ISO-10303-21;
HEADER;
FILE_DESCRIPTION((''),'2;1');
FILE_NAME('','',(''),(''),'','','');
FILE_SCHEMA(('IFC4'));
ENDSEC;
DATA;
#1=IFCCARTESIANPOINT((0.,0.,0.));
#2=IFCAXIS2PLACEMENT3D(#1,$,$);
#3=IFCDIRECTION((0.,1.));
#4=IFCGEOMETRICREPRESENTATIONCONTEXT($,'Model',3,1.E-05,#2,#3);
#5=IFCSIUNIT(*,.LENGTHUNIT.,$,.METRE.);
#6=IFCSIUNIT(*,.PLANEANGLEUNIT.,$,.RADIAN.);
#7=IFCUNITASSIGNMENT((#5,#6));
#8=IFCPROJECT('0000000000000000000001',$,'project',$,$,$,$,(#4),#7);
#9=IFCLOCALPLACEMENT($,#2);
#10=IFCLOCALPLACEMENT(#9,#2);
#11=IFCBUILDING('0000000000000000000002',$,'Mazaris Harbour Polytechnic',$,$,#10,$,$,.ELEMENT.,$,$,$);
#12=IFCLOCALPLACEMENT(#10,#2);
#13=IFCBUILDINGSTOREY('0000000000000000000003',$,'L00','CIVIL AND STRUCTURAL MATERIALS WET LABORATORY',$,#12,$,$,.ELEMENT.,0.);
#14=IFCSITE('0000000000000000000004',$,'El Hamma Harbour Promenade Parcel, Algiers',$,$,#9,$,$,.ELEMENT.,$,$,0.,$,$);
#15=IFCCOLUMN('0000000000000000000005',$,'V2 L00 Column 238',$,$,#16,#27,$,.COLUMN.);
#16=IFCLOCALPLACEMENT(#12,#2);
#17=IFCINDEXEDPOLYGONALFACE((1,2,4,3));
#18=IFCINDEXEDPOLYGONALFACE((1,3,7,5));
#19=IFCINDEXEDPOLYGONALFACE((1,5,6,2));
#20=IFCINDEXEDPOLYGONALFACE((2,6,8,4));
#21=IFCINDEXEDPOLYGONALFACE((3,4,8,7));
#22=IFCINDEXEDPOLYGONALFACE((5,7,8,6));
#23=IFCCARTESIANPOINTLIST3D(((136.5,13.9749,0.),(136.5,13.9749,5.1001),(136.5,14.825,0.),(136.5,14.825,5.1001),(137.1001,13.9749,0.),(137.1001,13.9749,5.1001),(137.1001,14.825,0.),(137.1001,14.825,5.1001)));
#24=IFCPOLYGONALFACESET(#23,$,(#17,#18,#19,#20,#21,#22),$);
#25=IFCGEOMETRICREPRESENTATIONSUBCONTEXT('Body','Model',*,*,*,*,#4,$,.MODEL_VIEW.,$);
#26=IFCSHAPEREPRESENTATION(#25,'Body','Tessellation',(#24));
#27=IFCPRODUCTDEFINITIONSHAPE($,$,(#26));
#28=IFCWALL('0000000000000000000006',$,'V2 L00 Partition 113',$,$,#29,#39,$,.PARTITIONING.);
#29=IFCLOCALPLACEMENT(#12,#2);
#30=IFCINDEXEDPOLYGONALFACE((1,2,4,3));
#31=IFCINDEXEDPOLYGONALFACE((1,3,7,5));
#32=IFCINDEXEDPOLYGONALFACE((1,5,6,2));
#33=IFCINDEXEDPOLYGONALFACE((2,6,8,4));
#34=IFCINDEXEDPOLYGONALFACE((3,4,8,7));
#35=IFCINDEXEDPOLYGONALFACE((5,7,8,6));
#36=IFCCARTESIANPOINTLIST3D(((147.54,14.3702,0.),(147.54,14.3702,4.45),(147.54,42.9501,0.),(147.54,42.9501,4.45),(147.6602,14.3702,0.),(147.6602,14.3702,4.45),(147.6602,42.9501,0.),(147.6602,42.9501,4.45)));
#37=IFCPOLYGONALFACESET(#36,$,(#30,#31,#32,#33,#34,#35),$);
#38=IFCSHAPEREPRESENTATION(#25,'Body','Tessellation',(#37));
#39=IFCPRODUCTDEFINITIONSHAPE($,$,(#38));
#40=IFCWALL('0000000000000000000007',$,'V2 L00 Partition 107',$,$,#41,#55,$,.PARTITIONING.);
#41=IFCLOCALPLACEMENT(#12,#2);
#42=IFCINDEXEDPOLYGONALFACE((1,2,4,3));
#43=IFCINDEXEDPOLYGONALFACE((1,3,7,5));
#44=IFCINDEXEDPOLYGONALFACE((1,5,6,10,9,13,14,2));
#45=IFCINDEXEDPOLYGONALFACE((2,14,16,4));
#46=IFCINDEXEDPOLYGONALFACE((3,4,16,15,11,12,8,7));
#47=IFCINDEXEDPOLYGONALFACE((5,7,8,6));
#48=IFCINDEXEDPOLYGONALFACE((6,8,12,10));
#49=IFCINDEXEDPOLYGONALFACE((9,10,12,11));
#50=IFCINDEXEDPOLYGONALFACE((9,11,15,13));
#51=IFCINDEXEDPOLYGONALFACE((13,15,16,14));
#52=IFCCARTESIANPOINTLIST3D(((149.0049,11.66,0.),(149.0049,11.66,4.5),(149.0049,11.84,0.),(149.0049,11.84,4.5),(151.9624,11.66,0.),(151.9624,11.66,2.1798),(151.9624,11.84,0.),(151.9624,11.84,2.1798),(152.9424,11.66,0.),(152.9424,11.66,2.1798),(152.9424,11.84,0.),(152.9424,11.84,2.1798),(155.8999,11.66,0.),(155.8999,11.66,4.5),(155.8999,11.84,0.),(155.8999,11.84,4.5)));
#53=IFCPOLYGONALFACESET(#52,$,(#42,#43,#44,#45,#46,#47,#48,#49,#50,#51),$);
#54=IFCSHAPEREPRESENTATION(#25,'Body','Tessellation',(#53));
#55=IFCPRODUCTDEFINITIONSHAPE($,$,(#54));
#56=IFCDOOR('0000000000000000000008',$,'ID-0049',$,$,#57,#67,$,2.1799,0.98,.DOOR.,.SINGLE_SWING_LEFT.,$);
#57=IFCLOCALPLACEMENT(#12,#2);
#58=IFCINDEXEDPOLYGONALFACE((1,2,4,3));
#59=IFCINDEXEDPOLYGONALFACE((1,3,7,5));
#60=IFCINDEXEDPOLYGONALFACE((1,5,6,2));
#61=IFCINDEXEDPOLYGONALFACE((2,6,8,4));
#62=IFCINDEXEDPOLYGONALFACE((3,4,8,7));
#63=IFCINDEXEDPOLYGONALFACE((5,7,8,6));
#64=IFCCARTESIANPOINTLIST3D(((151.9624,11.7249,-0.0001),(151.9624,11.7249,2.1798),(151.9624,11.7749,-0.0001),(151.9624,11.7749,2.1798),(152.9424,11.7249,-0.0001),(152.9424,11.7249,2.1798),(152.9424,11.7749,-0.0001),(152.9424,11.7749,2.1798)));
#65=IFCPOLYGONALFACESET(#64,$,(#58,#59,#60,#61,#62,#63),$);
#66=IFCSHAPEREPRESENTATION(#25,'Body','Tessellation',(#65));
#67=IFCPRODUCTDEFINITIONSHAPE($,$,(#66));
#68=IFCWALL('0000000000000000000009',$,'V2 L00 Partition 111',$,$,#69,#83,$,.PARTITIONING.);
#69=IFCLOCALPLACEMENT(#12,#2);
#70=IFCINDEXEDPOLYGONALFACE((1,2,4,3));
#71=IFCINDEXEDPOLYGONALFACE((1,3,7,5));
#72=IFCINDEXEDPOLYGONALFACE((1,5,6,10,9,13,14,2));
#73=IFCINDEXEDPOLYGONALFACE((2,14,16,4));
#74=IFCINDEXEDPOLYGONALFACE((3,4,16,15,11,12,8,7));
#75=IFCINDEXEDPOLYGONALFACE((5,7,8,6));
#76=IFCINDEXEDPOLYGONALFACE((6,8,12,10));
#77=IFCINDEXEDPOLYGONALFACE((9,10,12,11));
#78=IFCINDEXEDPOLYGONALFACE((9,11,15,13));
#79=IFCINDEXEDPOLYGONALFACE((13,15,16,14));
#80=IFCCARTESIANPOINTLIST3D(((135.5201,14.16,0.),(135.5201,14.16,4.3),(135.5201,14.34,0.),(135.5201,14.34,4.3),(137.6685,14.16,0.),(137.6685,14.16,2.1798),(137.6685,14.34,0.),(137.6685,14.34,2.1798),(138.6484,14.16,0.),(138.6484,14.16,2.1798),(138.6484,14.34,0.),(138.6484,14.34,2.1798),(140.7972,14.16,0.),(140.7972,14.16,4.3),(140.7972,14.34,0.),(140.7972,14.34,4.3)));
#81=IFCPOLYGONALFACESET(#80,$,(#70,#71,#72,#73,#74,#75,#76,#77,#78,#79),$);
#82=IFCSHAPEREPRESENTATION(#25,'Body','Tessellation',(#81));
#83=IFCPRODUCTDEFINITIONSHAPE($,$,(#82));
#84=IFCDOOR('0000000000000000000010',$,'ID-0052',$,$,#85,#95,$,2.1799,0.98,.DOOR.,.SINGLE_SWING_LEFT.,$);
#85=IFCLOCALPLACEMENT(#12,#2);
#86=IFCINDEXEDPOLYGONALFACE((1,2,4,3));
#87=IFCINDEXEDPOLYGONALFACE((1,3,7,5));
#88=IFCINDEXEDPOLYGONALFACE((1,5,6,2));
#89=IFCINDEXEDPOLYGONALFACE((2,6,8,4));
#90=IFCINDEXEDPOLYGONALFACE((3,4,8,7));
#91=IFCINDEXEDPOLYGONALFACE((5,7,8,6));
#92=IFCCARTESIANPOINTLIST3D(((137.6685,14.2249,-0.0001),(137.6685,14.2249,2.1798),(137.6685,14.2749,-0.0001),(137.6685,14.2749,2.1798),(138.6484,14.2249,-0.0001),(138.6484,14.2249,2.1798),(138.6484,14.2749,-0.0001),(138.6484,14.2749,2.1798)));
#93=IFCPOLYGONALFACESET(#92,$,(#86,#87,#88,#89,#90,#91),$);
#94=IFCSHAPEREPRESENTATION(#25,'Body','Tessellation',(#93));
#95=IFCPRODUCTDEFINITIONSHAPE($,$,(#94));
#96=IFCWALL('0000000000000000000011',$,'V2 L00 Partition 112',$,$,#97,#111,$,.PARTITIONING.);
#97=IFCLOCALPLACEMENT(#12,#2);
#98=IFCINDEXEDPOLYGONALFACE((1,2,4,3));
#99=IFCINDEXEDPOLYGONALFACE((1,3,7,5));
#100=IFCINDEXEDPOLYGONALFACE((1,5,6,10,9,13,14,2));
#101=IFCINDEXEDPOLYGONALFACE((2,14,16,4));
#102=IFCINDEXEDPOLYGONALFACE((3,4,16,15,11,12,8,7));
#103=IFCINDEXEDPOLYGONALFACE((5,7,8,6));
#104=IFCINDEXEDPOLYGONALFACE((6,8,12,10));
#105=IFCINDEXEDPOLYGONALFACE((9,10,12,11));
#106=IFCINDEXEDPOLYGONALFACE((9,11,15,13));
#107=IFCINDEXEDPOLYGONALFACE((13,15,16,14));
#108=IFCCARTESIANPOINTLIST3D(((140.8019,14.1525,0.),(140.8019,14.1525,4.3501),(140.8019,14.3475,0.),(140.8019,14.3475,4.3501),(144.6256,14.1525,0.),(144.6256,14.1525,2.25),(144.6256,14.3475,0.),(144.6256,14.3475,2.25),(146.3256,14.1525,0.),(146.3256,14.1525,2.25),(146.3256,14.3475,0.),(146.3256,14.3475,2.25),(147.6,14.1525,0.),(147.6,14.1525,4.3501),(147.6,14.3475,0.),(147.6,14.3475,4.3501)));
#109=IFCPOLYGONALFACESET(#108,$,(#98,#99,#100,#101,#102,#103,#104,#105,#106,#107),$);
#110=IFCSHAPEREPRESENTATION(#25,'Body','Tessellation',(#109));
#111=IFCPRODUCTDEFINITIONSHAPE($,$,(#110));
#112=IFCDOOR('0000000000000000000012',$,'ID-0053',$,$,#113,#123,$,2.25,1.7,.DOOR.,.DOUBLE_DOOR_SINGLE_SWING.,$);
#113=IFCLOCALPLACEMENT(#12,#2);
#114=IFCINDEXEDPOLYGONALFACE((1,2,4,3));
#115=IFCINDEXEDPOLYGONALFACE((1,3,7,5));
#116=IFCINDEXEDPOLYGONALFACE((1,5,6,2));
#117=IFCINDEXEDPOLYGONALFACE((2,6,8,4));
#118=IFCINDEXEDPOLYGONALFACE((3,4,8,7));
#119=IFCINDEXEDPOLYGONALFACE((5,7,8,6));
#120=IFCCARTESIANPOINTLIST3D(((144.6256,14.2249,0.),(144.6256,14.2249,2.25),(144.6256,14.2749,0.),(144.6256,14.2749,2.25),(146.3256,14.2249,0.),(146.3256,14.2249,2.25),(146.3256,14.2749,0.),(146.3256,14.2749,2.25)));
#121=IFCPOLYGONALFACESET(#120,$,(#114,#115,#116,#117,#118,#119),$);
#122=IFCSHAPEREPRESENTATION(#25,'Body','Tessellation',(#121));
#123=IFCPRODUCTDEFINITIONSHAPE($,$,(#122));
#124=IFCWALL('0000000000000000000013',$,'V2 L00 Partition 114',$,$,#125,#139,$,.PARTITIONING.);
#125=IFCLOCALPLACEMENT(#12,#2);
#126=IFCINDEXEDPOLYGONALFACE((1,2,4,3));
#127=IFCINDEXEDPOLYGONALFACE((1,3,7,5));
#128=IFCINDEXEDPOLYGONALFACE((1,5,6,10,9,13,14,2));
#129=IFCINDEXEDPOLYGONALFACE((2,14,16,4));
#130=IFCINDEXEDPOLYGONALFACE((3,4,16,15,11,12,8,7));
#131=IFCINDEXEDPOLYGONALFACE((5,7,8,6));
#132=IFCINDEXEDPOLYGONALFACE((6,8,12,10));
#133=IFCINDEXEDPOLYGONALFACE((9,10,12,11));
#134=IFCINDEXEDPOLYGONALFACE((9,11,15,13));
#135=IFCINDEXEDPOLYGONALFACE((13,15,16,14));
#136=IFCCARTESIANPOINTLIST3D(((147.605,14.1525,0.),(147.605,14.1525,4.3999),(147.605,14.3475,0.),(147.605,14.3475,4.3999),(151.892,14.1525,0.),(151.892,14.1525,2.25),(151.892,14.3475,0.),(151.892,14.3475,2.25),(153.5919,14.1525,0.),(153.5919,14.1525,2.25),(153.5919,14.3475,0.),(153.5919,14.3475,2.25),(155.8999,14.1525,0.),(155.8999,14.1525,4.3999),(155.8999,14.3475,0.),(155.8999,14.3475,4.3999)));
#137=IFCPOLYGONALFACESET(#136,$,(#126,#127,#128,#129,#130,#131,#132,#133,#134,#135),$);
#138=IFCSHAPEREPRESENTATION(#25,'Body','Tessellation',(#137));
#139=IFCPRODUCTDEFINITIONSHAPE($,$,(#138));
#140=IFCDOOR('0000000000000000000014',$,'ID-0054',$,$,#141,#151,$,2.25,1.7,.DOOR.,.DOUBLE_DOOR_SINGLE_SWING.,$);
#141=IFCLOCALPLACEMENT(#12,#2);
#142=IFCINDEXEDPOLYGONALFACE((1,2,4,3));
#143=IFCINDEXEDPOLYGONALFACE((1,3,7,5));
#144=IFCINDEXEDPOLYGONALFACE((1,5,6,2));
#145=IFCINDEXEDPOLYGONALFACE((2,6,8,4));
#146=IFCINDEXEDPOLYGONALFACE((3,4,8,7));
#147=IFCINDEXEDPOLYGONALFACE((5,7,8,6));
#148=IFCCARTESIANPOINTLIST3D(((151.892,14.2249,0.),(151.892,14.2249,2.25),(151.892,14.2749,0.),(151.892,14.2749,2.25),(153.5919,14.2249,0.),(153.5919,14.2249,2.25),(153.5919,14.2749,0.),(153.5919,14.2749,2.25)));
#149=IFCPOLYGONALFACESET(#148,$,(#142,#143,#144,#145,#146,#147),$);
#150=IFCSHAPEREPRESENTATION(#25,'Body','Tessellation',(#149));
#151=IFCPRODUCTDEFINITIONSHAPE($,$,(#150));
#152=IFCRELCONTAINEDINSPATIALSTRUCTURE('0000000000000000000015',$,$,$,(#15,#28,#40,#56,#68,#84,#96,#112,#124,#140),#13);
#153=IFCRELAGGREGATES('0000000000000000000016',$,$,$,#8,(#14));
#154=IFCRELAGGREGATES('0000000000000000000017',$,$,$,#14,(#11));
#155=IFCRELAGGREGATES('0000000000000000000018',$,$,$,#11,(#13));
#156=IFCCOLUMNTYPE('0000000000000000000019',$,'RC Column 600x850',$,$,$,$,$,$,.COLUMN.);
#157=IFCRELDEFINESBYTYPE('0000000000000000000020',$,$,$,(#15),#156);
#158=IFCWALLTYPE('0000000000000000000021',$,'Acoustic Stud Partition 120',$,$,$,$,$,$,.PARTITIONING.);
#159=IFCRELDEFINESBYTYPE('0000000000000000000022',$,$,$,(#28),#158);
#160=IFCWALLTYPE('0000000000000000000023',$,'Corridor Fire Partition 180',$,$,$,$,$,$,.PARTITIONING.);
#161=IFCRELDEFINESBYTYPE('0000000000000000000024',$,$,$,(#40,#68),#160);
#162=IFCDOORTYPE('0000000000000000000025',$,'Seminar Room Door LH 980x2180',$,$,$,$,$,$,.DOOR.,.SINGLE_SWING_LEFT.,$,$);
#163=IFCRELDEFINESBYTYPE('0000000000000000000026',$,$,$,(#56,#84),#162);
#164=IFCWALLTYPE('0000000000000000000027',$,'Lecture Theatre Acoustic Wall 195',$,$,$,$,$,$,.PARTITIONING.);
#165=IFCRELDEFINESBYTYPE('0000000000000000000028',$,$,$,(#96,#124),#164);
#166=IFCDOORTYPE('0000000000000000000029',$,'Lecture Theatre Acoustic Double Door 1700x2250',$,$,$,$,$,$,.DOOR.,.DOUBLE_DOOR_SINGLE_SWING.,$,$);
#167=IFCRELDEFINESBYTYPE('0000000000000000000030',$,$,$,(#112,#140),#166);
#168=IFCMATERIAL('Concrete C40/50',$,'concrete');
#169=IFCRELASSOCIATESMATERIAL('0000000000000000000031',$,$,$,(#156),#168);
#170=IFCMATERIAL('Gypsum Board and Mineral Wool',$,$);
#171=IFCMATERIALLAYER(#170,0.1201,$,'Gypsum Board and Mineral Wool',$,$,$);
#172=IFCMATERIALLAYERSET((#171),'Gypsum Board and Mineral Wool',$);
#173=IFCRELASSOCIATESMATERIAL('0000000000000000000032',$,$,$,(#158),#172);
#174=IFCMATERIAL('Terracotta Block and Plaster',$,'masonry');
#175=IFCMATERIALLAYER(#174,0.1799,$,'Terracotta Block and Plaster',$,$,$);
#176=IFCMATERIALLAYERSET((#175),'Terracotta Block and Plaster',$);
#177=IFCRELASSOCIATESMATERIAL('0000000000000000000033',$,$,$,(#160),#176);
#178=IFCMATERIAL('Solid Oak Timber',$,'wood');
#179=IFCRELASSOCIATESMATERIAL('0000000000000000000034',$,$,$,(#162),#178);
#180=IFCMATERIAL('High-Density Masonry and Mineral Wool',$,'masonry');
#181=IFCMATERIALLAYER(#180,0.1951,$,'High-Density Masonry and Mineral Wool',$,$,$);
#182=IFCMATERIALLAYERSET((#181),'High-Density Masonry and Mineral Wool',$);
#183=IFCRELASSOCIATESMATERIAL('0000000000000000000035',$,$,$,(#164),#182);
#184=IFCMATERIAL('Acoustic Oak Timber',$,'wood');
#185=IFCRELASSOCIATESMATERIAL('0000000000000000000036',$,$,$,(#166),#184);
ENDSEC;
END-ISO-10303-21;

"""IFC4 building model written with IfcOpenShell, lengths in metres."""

from ifc_helpers import new_model, si_unit, direction, frame, frame_2d, origin, origin_2d, place, context, subcontext, project, spatial, rectangle, extrude, material, layer, layer_set, material_profile, profile_set, type_object, element, fill, save


model = new_model("IFC4")

# Units and contexts
model_context = context("Model", 3, precision=1e-05, world=origin(), true_north=direction((0.0, 1.0)))
body_context = subcontext(model_context, "Body", "Model", "MODEL_VIEW")
ifc_project = project(units=[si_unit("LENGTHUNIT", "METRE"), si_unit("PLANEANGLEUNIT", "RADIAN")], contexts=[model_context])

# Site, building, storey
site_placement = place(None, origin())
site = spatial("IfcSite", under=ifc_project, at=site_placement, Name="El Hamma Harbour Promenade Parcel, Algiers", CompositionType="ELEMENT", RefElevation=0.0)
building_placement = place(site_placement, origin())
building = spatial("IfcBuilding", under=site, at=building_placement, Name="Mazaris Harbour Polytechnic", CompositionType="ELEMENT")
storey_placement = place(building_placement, origin())
storey = spatial("IfcBuildingStorey", under=building, at=storey_placement, Name="L00", Description="CIVIL AND STRUCTURAL MATERIALS WET LABORATORY", CompositionType="ELEMENT", Elevation=0.0)

# Column
ifc_material_1 = material(Name="Concrete C40/50", Category="concrete")
ifc_material_profile = material_profile(ifc_material_1, rectangle(XDim=0.6001, YDim=0.8501, at=origin_2d()), Name="RECT600x850")
ifc_profile_set = profile_set([ifc_material_profile], Name="Concrete C40/50")
column_type = type_object("IfcColumnType", Name="RC Column 600x850", PredefinedType="COLUMN", material=ifc_profile_set)
column_placement = place(storey_placement, frame((136.8, 14.3999, 0.0), z_axis=(0.0, 0.0, 1.0), x_axis=(1.0, 0.0, 0.0)))
element("IfcColumn", 1, at=column_placement, inside=storey, type_object=column_type, Name="V2 L00 Column 238", PredefinedType="COLUMN", context=body_context, shape_type="SweptSolid", body=[
    extrude(rectangle(XDim=0.6001, YDim=0.8501, at=origin_2d()), origin(), (0.0, 0.0, 1.0), 5.1001),
])

# Wall
ifc_material_2 = material(Name="Gypsum Board and Mineral Wool")
ifc_layer_1 = layer(ifc_material_2, 0.1201, Name="Gypsum Board and Mineral Wool")
ifc_layer_set_1 = layer_set([ifc_layer_1], Name="Gypsum Board and Mineral Wool")
wall_type_1 = type_object("IfcWallType", Name="Acoustic Stud Partition 120", PredefinedType="PARTITIONING", material=ifc_layer_set_1)
wall_1_placement = place(storey_placement, frame((147.6001, 14.3701, 0.0), z_axis=(0.0, 0.0, 1.0), x_axis=(0.0, 1.0, 0.0)))
element("IfcWall", 2, at=wall_1_placement, inside=storey, type_object=wall_type_1, Name="V2 L00 Partition 113", PredefinedType="PARTITIONING", context=body_context, shape_type="SweptSolid", body=[
    extrude(rectangle(XDim=28.5798, YDim=0.1201, at=frame_2d((14.29, 0.0))), origin(), (0.0, 0.0, 1.0), 4.45),
])

# Walls, openings, doors
ifc_material_3 = material(Name="Terracotta Block and Plaster", Category="masonry")
ifc_layer_2 = layer(ifc_material_3, 0.1799, Name="Terracotta Block and Plaster")
ifc_layer_set_2 = layer_set([ifc_layer_2], Name="Terracotta Block and Plaster")
wall_type_2 = type_object("IfcWallType", Name="Corridor Fire Partition 180", PredefinedType="PARTITIONING", material=ifc_layer_set_2)
wall_2_placement = place(storey_placement, frame((149.0049, 11.75, 0.0), z_axis=(0.0, 0.0, 1.0), x_axis=(1.0, 0.0, 0.0)))
wall_2 = element("IfcWall", 3, at=wall_2_placement, inside=storey, type_object=wall_type_2, Name="V2 L00 Partition 107", PredefinedType="PARTITIONING", context=body_context, shape_type="SweptSolid", body=[
    extrude(rectangle(XDim=6.895, YDim=0.1799, at=frame_2d((3.4475, 0.0))), origin(), (0.0, 0.0, 1.0), 4.5),
])
opening_1_placement = place(wall_2_placement, frame((2.9575, 0.0, 0.0)))
opening_1 = element("IfcOpeningElement", 4, at=opening_1_placement, cuts=wall_2, PredefinedType="OPENING", context=body_context, shape_type="SweptSolid", body=[
    extrude(rectangle(XDim=0.98, YDim=2.1799, at=frame_2d((0.49, 1.0898))), frame((0.0, 0.0999, 0.0), z_axis=(0.0, -1.0, 0.0), x_axis=(1.0, 0.0, 0.0)), (0.0, 0.0, 1.0), 0.2),
])
ifc_material_4 = material(Name="Solid Oak Timber", Category="wood")
door_type_1 = type_object("IfcDoorType", Name="Seminar Room Door LH 980x2180", OperationType="SINGLE_SWING_LEFT", PredefinedType="DOOR", material=ifc_material_4)
door_1_placement = place(opening_1_placement, origin())
door_1 = element("IfcDoor", 5, at=door_1_placement, inside=storey, type_object=door_type_1, Name="ID-0049", OperationType="SINGLE_SWING_LEFT", OverallHeight=2.1799, OverallWidth=0.98, PredefinedType="DOOR", context=body_context, shape_type="SweptSolid", body=[
    extrude(rectangle(XDim=0.98, YDim=2.1799, at=frame_2d((0.49, 1.0898))), frame((0.0, 0.0249, 0.0), z_axis=(0.0, -1.0, 0.0), x_axis=(1.0, 0.0, 0.0)), (0.0, 0.0, 1.0), 0.05),
])
fill(opening_1, door_1)
wall_3_placement = place(storey_placement, frame((135.52, 14.25, 0.0), z_axis=(0.0, 0.0, 1.0), x_axis=(1.0, 0.0, 0.0)))
wall_3 = element("IfcWall", 6, at=wall_3_placement, inside=storey, type_object=wall_type_2, Name="V2 L00 Partition 111", PredefinedType="PARTITIONING", context=body_context, shape_type="SweptSolid", body=[
    extrude(rectangle(XDim=5.2771, YDim=0.1799, at=frame_2d((2.6387, 0.0))), origin(), (0.0, 0.0, 1.0), 4.3),
])
opening_2_placement = place(wall_3_placement, frame((2.1484, 0.0, 0.0)))
opening_2 = element("IfcOpeningElement", 7, at=opening_2_placement, cuts=wall_3, PredefinedType="OPENING", context=body_context, shape_type="SweptSolid", body=[
    extrude(rectangle(XDim=0.98, YDim=2.1799, at=frame_2d((0.49, 1.0898))), frame((0.0, 0.0999, 0.0), z_axis=(0.0, -1.0, 0.0), x_axis=(1.0, 0.0, 0.0)), (0.0, 0.0, 1.0), 0.2),
])
door_2_placement = place(opening_2_placement, origin())
door_2 = element("IfcDoor", 8, at=door_2_placement, inside=storey, type_object=door_type_1, Name="ID-0052", OperationType="SINGLE_SWING_LEFT", OverallHeight=2.1799, OverallWidth=0.98, PredefinedType="DOOR", context=body_context, shape_type="SweptSolid", body=[
    extrude(rectangle(XDim=0.98, YDim=2.1799, at=frame_2d((0.49, 1.0898))), frame((0.0, 0.0249, 0.0), z_axis=(0.0, -1.0, 0.0), x_axis=(1.0, 0.0, 0.0)), (0.0, 0.0, 1.0), 0.05),
])
fill(opening_2, door_2)
ifc_material_5 = material(Name="High-Density Masonry and Mineral Wool", Category="masonry")
ifc_layer_3 = layer(ifc_material_5, 0.1951, Name="High-Density Masonry and Mineral Wool")
ifc_layer_set_3 = layer_set([ifc_layer_3], Name="High-Density Masonry and Mineral Wool")
wall_type_3 = type_object("IfcWallType", Name="Lecture Theatre Acoustic Wall 195", PredefinedType="PARTITIONING", material=ifc_layer_set_3)
wall_4_placement = place(storey_placement, frame((140.802, 14.25, 0.0), z_axis=(0.0, 0.0, 1.0), x_axis=(1.0, 0.0, 0.0)))
wall_4 = element("IfcWall", 9, at=wall_4_placement, inside=storey, type_object=wall_type_3, Name="V2 L00 Partition 112", PredefinedType="PARTITIONING", context=body_context, shape_type="SweptSolid", body=[
    extrude(rectangle(XDim=6.7981, YDim=0.1951, at=frame_2d((3.3989, 0.0))), origin(), (0.0, 0.0, 1.0), 4.3501),
])
opening_3_placement = place(wall_4_placement, frame((3.8235, 0.0, 0.0)))
opening_3 = element("IfcOpeningElement", 10, at=opening_3_placement, cuts=wall_4, PredefinedType="OPENING", context=body_context, shape_type="SweptSolid", body=[
    extrude(rectangle(XDim=1.7, YDim=2.25, at=frame_2d((0.8501, 1.125))), frame((0.0, 0.1074, 0.0), z_axis=(0.0, -1.0, 0.0), x_axis=(1.0, 0.0, 0.0)), (0.0, 0.0, 1.0), 0.2151),
])
ifc_material_6 = material(Name="Acoustic Oak Timber", Category="wood")
door_type_2 = type_object("IfcDoorType", Name="Lecture Theatre Acoustic Double Door 1700x2250", OperationType="DOUBLE_DOOR_SINGLE_SWING", PredefinedType="DOOR", material=ifc_material_6)
door_3_placement = place(opening_3_placement, origin())
door_3 = element("IfcDoor", 11, at=door_3_placement, inside=storey, type_object=door_type_2, Name="ID-0053", OperationType="DOUBLE_DOOR_SINGLE_SWING", OverallHeight=2.25, OverallWidth=1.7, PredefinedType="DOOR", context=body_context, shape_type="SweptSolid", body=[
    extrude(rectangle(XDim=1.7, YDim=2.25, at=frame_2d((0.8501, 1.125))), frame((0.0, 0.0249, 0.0), z_axis=(0.0, -1.0, 0.0), x_axis=(1.0, 0.0, 0.0)), (0.0, 0.0, 1.0), 0.05),
])
fill(opening_3, door_3)
wall_5_placement = place(storey_placement, frame((147.605, 14.25, 0.0), z_axis=(0.0, 0.0, 1.0), x_axis=(1.0, 0.0, 0.0)))
wall_5 = element("IfcWall", 12, at=wall_5_placement, inside=storey, type_object=wall_type_3, Name="V2 L00 Partition 114", PredefinedType="PARTITIONING", context=body_context, shape_type="SweptSolid", body=[
    extrude(rectangle(XDim=8.2949, YDim=0.1951, at=frame_2d((4.1475, 0.0))), origin(), (0.0, 0.0, 1.0), 4.3999),
])
opening_4_placement = place(wall_5_placement, frame((4.2869, 0.0, 0.0)))
opening_4 = element("IfcOpeningElement", 13, at=opening_4_placement, cuts=wall_5, PredefinedType="OPENING", context=body_context, shape_type="SweptSolid", body=[
    extrude(rectangle(XDim=1.7, YDim=2.25, at=frame_2d((0.8501, 1.125))), frame((0.0, 0.1074, 0.0), z_axis=(0.0, -1.0, 0.0), x_axis=(1.0, 0.0, 0.0)), (0.0, 0.0, 1.0), 0.2151),
])
door_4_placement = place(opening_4_placement, origin())
door_4 = element("IfcDoor", 14, at=door_4_placement, inside=storey, type_object=door_type_2, Name="ID-0054", OperationType="DOUBLE_DOOR_SINGLE_SWING", OverallHeight=2.25, OverallWidth=1.7, PredefinedType="DOOR", context=body_context, shape_type="SweptSolid", body=[
    extrude(rectangle(XDim=1.7, YDim=2.25, at=frame_2d((0.8501, 1.125))), frame((0.0, 0.0249, 0.0), z_axis=(0.0, -1.0, 0.0), x_axis=(1.0, 0.0, 0.0)), (0.0, 0.0, 1.0), 0.05),
])
fill(opening_4, door_4)

save(model, "model.ifc")
